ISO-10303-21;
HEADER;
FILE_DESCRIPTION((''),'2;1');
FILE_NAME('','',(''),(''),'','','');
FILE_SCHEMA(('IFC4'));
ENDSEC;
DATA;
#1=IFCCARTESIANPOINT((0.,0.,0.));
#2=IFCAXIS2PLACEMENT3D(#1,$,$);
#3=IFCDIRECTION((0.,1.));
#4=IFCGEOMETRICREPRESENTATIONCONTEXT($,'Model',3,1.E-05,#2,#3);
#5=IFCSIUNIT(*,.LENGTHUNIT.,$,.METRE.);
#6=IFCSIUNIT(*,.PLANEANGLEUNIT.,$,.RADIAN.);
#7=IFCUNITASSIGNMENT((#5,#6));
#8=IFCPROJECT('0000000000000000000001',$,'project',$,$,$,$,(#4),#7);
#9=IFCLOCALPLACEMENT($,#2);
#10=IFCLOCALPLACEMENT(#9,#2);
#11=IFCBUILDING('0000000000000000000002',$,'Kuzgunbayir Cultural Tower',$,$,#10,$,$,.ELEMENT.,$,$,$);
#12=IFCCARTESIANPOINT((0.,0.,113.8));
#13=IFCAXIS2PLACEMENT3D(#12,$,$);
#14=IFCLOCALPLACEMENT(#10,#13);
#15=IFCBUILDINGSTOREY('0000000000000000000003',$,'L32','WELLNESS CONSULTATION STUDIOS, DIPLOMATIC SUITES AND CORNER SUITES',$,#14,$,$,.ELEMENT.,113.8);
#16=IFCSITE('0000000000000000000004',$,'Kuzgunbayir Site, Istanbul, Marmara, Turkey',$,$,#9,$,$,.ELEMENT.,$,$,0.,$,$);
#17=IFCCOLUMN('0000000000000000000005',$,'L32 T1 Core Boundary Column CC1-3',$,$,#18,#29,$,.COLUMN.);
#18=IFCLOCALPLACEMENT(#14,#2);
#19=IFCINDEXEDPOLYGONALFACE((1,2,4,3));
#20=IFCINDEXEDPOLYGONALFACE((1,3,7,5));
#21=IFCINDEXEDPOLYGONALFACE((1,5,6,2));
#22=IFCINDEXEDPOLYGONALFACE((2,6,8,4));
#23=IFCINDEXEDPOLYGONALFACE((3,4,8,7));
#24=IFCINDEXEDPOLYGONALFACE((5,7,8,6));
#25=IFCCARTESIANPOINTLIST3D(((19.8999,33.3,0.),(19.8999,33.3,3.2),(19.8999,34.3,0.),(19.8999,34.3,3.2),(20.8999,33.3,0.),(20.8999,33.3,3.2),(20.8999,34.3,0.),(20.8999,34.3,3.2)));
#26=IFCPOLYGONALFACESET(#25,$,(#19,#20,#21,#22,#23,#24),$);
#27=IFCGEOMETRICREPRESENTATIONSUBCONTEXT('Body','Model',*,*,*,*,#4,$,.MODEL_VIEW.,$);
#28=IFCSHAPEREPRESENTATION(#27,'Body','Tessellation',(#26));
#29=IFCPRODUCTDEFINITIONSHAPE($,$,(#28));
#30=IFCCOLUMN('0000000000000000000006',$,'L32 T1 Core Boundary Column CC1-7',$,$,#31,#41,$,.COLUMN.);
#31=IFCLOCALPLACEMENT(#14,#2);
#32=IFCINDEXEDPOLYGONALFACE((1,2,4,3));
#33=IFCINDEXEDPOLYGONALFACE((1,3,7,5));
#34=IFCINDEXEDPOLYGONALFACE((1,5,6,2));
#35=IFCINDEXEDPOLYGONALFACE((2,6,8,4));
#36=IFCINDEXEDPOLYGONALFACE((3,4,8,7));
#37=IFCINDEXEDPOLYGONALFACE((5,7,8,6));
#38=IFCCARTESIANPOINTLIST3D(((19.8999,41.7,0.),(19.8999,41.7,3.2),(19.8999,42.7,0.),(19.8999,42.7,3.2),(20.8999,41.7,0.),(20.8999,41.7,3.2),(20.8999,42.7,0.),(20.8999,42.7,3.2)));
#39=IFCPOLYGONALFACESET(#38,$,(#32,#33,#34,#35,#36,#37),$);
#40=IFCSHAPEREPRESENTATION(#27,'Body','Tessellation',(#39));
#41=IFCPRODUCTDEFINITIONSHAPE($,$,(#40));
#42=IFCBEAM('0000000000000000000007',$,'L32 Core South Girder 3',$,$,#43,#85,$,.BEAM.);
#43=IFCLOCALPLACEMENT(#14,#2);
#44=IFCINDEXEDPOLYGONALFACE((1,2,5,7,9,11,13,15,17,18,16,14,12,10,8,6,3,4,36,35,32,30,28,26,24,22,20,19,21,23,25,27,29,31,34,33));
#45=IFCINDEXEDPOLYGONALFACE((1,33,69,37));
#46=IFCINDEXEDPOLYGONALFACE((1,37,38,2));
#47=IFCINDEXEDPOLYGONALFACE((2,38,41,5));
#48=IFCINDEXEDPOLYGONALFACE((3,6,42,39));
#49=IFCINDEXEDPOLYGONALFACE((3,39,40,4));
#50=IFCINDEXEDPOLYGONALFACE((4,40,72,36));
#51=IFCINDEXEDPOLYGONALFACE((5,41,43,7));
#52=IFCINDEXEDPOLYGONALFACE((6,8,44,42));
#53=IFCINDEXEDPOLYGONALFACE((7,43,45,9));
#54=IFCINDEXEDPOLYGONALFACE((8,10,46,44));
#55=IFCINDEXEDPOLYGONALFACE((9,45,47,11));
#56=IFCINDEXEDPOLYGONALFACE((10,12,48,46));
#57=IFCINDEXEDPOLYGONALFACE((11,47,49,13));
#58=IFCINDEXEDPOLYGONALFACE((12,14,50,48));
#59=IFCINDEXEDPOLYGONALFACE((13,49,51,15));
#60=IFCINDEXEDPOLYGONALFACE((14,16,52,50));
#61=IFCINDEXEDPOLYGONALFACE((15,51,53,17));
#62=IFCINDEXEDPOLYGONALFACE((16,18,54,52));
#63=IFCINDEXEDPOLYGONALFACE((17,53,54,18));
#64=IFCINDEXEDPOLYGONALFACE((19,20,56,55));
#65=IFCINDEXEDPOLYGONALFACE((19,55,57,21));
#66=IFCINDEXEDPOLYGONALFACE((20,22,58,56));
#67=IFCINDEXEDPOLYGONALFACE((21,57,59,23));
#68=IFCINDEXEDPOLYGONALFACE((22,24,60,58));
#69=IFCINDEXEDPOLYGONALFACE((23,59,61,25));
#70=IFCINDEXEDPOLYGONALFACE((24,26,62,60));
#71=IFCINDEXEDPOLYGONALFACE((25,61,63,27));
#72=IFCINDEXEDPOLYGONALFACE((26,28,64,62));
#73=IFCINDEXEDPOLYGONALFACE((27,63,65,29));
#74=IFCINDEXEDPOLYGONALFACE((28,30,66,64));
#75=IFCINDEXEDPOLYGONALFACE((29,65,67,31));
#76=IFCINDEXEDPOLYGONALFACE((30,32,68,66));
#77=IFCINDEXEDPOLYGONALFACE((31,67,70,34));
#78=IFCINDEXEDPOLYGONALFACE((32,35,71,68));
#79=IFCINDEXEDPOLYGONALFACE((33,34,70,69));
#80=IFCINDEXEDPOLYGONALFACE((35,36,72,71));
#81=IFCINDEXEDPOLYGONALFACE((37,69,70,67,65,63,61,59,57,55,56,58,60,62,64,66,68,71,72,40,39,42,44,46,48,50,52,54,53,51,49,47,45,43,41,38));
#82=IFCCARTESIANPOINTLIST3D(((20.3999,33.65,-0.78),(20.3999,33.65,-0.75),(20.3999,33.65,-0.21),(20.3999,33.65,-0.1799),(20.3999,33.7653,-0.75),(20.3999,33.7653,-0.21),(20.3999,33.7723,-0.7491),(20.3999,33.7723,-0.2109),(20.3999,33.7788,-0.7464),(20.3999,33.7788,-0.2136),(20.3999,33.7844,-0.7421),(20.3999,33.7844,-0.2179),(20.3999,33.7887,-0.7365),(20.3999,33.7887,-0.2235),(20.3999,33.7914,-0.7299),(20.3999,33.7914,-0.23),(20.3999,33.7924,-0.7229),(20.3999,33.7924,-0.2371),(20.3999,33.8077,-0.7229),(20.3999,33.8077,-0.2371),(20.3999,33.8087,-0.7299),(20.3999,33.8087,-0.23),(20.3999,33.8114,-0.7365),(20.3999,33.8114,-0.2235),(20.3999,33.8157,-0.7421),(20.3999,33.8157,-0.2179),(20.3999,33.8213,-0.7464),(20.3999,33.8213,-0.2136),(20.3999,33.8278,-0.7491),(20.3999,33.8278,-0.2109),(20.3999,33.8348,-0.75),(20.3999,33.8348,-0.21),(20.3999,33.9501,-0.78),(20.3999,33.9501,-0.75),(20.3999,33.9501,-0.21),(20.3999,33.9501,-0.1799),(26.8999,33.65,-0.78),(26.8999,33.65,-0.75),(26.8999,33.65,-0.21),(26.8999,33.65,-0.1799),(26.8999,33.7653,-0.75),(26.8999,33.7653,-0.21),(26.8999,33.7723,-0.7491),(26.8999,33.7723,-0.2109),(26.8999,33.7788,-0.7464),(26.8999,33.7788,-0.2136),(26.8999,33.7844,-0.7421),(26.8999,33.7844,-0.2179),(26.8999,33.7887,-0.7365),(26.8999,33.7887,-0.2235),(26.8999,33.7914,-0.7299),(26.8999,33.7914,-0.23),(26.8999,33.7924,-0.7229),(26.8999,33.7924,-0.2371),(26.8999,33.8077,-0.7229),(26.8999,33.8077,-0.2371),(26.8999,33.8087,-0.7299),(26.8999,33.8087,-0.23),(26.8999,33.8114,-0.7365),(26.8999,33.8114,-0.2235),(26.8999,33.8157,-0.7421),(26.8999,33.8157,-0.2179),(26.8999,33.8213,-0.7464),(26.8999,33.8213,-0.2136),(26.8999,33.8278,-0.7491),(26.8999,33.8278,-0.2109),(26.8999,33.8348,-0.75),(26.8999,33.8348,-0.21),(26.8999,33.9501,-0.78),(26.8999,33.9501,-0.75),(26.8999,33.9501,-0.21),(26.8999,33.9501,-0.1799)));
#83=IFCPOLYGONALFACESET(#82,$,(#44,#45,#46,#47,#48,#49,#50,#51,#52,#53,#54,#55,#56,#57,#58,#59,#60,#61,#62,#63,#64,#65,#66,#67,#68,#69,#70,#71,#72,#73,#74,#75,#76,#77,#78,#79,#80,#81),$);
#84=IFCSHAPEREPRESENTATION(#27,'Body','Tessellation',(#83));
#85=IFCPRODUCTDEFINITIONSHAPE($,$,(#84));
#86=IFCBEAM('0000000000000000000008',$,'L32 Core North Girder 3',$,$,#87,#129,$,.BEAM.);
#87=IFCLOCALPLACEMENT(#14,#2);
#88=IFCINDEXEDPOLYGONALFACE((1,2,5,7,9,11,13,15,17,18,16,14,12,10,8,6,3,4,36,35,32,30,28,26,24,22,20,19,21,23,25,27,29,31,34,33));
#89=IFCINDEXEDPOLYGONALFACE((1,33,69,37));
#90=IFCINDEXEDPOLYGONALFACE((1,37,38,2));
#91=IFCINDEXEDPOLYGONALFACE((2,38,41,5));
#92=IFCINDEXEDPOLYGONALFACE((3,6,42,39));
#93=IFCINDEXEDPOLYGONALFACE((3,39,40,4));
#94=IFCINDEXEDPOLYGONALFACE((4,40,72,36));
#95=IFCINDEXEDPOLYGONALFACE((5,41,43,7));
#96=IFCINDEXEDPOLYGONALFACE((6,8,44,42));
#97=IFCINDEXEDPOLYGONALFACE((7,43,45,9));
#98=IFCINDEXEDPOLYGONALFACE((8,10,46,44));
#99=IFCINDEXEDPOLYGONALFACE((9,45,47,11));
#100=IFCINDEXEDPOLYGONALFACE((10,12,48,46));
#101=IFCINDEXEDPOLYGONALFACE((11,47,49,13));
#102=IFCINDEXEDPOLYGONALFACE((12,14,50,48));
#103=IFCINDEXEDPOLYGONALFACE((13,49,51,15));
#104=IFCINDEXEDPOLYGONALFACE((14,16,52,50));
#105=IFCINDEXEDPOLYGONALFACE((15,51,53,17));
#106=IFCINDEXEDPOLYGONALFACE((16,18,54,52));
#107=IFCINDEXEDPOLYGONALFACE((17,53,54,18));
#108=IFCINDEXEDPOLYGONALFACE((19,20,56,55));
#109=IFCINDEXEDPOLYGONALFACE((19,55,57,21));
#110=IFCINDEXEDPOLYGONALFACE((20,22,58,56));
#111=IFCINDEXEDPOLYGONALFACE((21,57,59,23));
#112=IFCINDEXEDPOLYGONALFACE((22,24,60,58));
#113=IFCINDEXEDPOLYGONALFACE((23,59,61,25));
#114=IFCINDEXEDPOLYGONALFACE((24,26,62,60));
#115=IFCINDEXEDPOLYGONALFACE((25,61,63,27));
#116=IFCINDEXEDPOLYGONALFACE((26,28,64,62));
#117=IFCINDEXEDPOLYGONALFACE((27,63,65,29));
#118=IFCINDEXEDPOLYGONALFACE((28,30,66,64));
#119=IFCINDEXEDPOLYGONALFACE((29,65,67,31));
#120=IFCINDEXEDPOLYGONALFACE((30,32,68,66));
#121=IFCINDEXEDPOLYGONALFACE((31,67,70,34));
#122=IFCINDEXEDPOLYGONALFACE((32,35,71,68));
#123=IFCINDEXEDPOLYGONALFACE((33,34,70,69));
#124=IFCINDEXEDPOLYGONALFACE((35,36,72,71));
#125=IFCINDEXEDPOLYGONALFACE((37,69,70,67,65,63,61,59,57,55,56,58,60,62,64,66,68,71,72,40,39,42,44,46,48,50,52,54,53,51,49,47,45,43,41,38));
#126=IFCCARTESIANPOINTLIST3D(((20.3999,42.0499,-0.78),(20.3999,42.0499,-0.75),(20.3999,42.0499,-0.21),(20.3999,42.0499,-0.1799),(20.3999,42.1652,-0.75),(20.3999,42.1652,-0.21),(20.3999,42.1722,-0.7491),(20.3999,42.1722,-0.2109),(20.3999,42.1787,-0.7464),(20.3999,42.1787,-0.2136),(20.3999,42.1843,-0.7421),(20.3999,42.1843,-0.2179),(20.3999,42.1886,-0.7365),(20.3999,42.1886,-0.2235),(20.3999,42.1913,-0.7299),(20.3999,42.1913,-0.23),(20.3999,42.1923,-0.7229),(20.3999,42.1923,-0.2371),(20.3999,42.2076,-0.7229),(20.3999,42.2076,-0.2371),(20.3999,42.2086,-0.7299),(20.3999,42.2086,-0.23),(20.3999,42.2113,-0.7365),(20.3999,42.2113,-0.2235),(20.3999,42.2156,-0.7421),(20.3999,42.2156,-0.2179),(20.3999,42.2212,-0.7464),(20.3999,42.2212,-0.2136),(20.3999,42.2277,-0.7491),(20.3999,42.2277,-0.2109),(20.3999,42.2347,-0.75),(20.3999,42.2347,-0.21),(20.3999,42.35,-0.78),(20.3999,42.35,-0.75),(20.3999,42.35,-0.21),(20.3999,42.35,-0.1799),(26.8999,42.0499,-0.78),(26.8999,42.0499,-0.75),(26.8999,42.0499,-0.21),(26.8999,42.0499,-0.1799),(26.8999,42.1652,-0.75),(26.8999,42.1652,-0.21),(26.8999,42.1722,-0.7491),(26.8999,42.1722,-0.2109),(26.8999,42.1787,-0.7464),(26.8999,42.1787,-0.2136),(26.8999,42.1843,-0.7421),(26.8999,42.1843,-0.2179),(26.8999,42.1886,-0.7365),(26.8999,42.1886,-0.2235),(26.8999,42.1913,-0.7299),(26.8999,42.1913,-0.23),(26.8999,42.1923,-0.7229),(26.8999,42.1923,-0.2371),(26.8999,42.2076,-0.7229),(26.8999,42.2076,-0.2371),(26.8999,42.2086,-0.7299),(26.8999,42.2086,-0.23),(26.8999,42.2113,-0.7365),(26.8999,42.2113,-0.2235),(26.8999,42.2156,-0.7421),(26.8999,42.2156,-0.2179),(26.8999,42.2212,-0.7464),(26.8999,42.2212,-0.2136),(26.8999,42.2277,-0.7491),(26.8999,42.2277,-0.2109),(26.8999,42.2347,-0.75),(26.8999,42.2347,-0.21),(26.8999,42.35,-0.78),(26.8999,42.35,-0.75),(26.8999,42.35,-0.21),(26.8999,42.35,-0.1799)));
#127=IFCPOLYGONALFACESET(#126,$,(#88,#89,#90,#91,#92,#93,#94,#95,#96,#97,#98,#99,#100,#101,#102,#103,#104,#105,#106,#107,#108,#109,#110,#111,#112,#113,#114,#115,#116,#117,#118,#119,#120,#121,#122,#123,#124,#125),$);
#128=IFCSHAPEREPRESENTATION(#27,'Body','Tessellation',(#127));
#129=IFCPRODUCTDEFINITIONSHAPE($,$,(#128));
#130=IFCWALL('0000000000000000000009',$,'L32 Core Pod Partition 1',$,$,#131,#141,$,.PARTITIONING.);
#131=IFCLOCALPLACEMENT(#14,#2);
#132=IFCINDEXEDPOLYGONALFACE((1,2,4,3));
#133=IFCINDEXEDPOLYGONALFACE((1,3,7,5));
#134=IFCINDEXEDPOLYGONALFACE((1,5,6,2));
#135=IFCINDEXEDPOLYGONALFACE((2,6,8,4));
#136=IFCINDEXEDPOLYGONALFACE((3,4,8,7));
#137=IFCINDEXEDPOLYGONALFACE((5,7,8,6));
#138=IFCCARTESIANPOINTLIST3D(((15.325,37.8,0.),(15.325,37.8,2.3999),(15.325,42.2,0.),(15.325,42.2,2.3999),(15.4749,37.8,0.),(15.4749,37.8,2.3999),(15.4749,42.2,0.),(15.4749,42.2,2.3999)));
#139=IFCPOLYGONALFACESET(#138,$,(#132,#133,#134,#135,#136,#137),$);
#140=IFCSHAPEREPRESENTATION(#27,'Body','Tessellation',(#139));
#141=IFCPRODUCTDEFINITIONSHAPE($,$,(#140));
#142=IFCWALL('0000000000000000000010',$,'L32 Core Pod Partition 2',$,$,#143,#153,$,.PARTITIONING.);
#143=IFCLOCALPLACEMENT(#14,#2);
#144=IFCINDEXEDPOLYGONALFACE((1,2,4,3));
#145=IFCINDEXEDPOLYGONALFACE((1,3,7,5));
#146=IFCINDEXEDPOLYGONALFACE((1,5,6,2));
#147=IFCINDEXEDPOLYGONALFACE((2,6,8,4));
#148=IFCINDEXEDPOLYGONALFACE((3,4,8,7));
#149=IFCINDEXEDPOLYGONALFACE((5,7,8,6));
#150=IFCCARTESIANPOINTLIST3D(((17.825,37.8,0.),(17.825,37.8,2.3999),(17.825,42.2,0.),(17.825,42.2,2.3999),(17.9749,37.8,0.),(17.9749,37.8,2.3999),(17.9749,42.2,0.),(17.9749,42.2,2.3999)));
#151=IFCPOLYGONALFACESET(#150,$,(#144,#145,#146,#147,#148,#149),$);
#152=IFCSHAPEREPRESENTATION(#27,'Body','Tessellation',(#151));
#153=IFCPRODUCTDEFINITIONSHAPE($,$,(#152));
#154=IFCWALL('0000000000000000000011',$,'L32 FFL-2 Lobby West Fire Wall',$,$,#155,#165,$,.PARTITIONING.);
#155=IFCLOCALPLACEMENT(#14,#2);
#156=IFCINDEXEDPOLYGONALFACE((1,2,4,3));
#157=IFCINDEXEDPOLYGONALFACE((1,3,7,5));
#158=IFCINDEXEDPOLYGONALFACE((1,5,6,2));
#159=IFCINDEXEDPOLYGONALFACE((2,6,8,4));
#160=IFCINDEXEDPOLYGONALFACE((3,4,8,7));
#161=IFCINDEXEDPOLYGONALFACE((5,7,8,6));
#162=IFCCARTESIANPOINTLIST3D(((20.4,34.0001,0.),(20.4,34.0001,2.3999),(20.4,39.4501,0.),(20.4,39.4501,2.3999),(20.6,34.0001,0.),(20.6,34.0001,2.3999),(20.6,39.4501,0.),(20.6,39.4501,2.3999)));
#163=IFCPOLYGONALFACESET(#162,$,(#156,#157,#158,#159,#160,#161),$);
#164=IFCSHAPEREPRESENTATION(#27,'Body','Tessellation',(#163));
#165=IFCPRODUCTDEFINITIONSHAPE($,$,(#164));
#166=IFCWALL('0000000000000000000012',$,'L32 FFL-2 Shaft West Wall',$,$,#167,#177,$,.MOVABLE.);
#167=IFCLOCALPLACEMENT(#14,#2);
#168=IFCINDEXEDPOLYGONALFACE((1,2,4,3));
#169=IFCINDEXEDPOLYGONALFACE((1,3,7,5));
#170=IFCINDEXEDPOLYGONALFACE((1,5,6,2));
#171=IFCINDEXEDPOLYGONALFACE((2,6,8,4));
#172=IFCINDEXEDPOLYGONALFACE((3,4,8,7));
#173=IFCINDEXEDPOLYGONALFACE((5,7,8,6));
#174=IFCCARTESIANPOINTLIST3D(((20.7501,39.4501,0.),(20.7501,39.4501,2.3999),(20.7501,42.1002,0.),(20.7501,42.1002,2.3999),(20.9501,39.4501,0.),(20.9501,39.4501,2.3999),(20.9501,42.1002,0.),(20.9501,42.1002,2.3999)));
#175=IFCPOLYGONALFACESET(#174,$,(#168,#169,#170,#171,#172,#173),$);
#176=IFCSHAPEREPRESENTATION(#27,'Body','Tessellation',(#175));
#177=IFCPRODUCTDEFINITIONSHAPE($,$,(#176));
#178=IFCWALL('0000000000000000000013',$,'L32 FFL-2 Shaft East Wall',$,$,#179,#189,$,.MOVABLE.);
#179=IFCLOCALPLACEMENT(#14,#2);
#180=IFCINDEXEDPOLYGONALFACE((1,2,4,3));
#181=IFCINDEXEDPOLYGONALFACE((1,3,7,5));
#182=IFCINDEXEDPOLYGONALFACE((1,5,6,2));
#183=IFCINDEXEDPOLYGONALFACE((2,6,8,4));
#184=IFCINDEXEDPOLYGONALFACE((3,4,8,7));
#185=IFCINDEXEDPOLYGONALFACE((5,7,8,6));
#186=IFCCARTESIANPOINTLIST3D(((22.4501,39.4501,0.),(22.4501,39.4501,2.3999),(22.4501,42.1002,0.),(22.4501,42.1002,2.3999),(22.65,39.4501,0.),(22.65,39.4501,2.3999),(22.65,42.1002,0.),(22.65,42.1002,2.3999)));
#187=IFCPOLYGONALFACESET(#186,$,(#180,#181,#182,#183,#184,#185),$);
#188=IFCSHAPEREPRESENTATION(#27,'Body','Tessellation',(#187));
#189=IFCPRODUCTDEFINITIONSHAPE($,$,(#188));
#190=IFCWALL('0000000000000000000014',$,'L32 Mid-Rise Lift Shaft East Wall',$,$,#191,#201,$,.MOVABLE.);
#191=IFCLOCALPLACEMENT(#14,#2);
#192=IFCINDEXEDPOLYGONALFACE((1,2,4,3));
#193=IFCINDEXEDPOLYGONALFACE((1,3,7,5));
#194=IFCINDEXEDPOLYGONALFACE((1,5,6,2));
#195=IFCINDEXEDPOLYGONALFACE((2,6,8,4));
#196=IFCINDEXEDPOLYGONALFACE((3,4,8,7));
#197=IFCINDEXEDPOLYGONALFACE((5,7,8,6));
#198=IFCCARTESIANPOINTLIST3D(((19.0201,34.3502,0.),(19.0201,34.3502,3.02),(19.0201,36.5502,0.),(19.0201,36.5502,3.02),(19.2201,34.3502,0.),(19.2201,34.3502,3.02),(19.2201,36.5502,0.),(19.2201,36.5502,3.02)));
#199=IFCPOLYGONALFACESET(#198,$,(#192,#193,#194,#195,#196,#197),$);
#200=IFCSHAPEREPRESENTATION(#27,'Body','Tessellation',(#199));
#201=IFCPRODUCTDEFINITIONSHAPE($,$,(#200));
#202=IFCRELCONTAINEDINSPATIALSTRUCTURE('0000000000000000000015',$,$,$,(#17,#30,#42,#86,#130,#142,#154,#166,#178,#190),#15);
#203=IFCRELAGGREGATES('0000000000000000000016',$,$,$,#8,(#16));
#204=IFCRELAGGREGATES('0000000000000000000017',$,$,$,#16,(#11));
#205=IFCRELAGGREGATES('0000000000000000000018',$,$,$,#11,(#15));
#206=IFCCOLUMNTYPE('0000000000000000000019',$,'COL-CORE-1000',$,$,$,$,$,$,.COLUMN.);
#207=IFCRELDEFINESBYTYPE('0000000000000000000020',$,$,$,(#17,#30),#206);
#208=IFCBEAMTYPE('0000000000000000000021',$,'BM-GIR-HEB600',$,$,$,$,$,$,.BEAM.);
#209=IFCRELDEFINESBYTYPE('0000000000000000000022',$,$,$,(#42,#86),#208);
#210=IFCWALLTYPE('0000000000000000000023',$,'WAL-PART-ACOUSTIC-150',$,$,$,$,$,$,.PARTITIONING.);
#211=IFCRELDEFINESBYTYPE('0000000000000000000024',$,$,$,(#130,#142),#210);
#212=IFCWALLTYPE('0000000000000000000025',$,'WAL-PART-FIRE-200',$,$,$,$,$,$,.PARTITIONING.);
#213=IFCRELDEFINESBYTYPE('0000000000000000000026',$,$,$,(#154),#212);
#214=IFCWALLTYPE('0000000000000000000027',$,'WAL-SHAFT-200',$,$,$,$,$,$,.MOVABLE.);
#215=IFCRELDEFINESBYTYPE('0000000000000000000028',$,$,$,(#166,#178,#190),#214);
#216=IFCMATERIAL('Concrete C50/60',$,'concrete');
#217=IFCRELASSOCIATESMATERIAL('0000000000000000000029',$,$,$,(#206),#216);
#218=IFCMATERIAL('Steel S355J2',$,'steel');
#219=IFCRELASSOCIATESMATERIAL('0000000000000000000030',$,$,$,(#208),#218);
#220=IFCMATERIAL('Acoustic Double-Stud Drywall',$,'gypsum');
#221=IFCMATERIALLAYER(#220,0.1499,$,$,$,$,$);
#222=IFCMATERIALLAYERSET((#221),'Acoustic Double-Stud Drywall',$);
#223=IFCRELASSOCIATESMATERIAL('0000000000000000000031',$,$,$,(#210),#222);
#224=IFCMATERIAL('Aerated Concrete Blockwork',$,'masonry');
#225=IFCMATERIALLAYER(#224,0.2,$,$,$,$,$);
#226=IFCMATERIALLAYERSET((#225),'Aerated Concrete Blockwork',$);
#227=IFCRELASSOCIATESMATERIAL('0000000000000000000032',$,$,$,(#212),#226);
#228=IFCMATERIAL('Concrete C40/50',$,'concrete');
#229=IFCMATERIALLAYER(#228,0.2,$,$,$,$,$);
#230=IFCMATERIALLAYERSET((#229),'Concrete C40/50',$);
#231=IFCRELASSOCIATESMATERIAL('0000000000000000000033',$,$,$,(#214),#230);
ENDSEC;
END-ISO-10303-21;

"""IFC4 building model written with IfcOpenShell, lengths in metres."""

from ifc_helpers import new_model, si_unit, direction, frame, frame_2d, origin, origin_2d, place, context, subcontext, project, spatial, rectangle, i_section, extrude, material, layer, layer_set, material_profile, profile_set, type_object, element, save


model = new_model("IFC4")

# Units and contexts
model_context = context("Model", 3, precision=1e-05, world=origin(), true_north=direction((0.0, 1.0)))
body_context = subcontext(model_context, "Body", "Model", "MODEL_VIEW")
ifc_project = project(units=[si_unit("LENGTHUNIT", "METRE"), si_unit("PLANEANGLEUNIT", "RADIAN")], contexts=[model_context])

# Site, building, storey
site_placement = place(None, origin())
site = spatial("IfcSite", under=ifc_project, at=site_placement, Name="Kuzgunbayir Site, Istanbul, Marmara, Turkey", CompositionType="ELEMENT", RefElevation=0.0)
building_placement = place(site_placement, origin())
building = spatial("IfcBuilding", under=site, at=building_placement, Name="Kuzgunbayir Cultural Tower", CompositionType="ELEMENT")
storey_placement = place(building_placement, frame((0.0, 0.0, 113.8)))
storey = spatial("IfcBuildingStorey", under=building, at=storey_placement, Name="L32", Description="WELLNESS CONSULTATION STUDIOS, DIPLOMATIC SUITES AND CORNER SUITES", CompositionType="ELEMENT", Elevation=113.8)

# Columns
ifc_material_1 = material(Name="Concrete C50/60", Category="concrete")
ifc_material_profile_1 = material_profile(ifc_material_1, rectangle(XDim=1.0, YDim=1.0, at=origin_2d()), Name="RC 1000x1000")
ifc_profile_set_1 = profile_set([ifc_material_profile_1], Name="Concrete C50/60")
column_type = type_object("IfcColumnType", Name="COL-CORE-1000", PredefinedType="COLUMN", material=ifc_profile_set_1)
for number, where, z_axis, x_axis, name in (
    (1, (20.3999, 33.8, 0.0), (0.0, 0.0, 1.0), (1.0, 0.0, 0.0), "L32 T1 Core Boundary Column CC1-3"),
    (2, (20.3999, 42.2, 0.0), (0.0, 0.0, 1.0), (1.0, 0.0, 0.0), "L32 T1 Core Boundary Column CC1-7"),
):
    element("IfcColumn", number, at=place(storey_placement, frame(where, z_axis=z_axis, x_axis=x_axis)), inside=storey, type_object=column_type, Name=name, PredefinedType="COLUMN", context=body_context, shape_type="SweptSolid", body=[
        extrude(rectangle(XDim=1.0, YDim=1.0, at=origin_2d()), origin(), (0.0, 0.0, 1.0), 3.2),
    ])

# Beams
ifc_material_2 = material(Name="Steel S355J2", Category="steel")
ifc_material_profile_2 = material_profile(ifc_material_2, i_section(OverallWidth=0.3, OverallDepth=0.6001, WebThickness=0.0154, FlangeThickness=0.03, FilletRadius=0.0271, at=origin_2d()), Name="HEB 600")
ifc_profile_set_2 = profile_set([ifc_material_profile_2], Name="Steel S355J2")
beam_type = type_object("IfcBeamType", Name="BM-GIR-HEB600", PredefinedType="BEAM", material=ifc_profile_set_2)
for number, where, z_axis, x_axis, name in (
    (3, (20.3999, 33.8, -0.48), (1.0, 0.0, 0.0), (0.0, 1.0, 0.0), "L32 Core South Girder 3"),
    (4, (20.3999, 42.2, -0.48), (1.0, 0.0, 0.0), (0.0, 1.0, 0.0), "L32 Core North Girder 3"),
):
    element("IfcBeam", number, at=place(storey_placement, frame(where, z_axis=z_axis, x_axis=x_axis)), inside=storey, type_object=beam_type, Name=name, PredefinedType="BEAM", context=body_context, shape_type="SweptSolid", body=[
        extrude(i_section(OverallWidth=0.3, OverallDepth=0.6001, WebThickness=0.0154, FlangeThickness=0.03, FilletRadius=0.0271, at=origin_2d()), origin(), (0.0, 0.0, 1.0), 6.5),
    ])

# Walls
ifc_material_3 = material(Name="Acoustic Double-Stud Drywall", Category="gypsum")
ifc_layer_1 = layer(ifc_material_3, 0.1499)
ifc_layer_set_1 = layer_set([ifc_layer_1], Name="Acoustic Double-Stud Drywall")
wall_type_1 = type_object("IfcWallType", Name="WAL-PART-ACOUSTIC-150", PredefinedType="PARTITIONING", material=ifc_layer_set_1)
for number, where, z_axis, x_axis, name in (
    (5, (15.3999, 37.8, 0.0), (0.0, 0.0, 1.0), (0.0, 1.0, 0.0), "L32 Core Pod Partition 1"),
    (6, (17.8999, 37.8, 0.0), (0.0, 0.0, 1.0), (0.0, 1.0, 0.0), "L32 Core Pod Partition 2"),
):
    element("IfcWall", number, at=place(storey_placement, frame(where, z_axis=z_axis, x_axis=x_axis)), inside=storey, type_object=wall_type_1, Name=name, PredefinedType="PARTITIONING", context=body_context, shape_type="SweptSolid", body=[
        extrude(rectangle(XDim=4.3999, YDim=0.1499, at=frame_2d((2.2, 0.0))), origin(), (0.0, 0.0, 1.0), 2.3999),
    ])
ifc_material_4 = material(Name="Aerated Concrete Blockwork", Category="masonry")
ifc_layer_2 = layer(ifc_material_4, 0.2)
ifc_layer_set_2 = layer_set([ifc_layer_2], Name="Aerated Concrete Blockwork")
wall_type_2 = type_object("IfcWallType", Name="WAL-PART-FIRE-200", PredefinedType="PARTITIONING", material=ifc_layer_set_2)
wall_1_placement = place(storey_placement, frame((20.5, 34.0, 0.0), z_axis=(0.0, 0.0, 1.0), x_axis=(0.0, 1.0, 0.0)))
element("IfcWall", 7, at=wall_1_placement, inside=storey, type_object=wall_type_2, Name="L32 FFL-2 Lobby West Fire Wall", PredefinedType="PARTITIONING", context=body_context, shape_type="SweptSolid", body=[
    extrude(rectangle(XDim=5.45, YDim=0.2, at=frame_2d((2.7251, 0.0))), origin(), (0.0, 0.0, 1.0), 2.3999),
])

# Shared definitions
ifc_material_5 = material(Name="Concrete C40/50", Category="concrete")
ifc_layer_3 = layer(ifc_material_5, 0.2)
ifc_layer_set_3 = layer_set([ifc_layer_3], Name="Concrete C40/50")
wall_type_3 = type_object("IfcWallType", Name="WAL-SHAFT-200", PredefinedType="MOVABLE", material=ifc_layer_set_3)

# Walls
for number, where, z_axis, x_axis, name in (
    (8, (20.8501, 39.45, 0.0), (0.0, 0.0, 1.0), (0.0, 1.0, 0.0), "L32 FFL-2 Shaft West Wall"),
    (9, (22.55, 39.45, 0.0), (0.0, 0.0, 1.0), (0.0, 1.0, 0.0), "L32 FFL-2 Shaft East Wall"),
):
    element("IfcWall", number, at=place(storey_placement, frame(where, z_axis=z_axis, x_axis=x_axis)), inside=storey, type_object=wall_type_3, Name=name, PredefinedType="MOVABLE", context=body_context, shape_type="SweptSolid", body=[
        extrude(rectangle(XDim=2.6501, YDim=0.2, at=frame_2d((1.3252, 0.0))), origin(), (0.0, 0.0, 1.0), 2.3999),
    ])
wall_2_placement = place(storey_placement, frame((19.1201, 34.3501, 0.0), z_axis=(0.0, 0.0, 1.0), x_axis=(0.0, 1.0, 0.0)))
element("IfcWall", 10, at=wall_2_placement, inside=storey, type_object=wall_type_3, Name="L32 Mid-Rise Lift Shaft East Wall", PredefinedType="MOVABLE", context=body_context, shape_type="SweptSolid", body=[
    extrude(rectangle(XDim=2.2, YDim=0.2, at=frame_2d((1.1001, 0.0))), origin(), (0.0, 0.0, 1.0), 3.02),
])

save(model, "model.ifc")
